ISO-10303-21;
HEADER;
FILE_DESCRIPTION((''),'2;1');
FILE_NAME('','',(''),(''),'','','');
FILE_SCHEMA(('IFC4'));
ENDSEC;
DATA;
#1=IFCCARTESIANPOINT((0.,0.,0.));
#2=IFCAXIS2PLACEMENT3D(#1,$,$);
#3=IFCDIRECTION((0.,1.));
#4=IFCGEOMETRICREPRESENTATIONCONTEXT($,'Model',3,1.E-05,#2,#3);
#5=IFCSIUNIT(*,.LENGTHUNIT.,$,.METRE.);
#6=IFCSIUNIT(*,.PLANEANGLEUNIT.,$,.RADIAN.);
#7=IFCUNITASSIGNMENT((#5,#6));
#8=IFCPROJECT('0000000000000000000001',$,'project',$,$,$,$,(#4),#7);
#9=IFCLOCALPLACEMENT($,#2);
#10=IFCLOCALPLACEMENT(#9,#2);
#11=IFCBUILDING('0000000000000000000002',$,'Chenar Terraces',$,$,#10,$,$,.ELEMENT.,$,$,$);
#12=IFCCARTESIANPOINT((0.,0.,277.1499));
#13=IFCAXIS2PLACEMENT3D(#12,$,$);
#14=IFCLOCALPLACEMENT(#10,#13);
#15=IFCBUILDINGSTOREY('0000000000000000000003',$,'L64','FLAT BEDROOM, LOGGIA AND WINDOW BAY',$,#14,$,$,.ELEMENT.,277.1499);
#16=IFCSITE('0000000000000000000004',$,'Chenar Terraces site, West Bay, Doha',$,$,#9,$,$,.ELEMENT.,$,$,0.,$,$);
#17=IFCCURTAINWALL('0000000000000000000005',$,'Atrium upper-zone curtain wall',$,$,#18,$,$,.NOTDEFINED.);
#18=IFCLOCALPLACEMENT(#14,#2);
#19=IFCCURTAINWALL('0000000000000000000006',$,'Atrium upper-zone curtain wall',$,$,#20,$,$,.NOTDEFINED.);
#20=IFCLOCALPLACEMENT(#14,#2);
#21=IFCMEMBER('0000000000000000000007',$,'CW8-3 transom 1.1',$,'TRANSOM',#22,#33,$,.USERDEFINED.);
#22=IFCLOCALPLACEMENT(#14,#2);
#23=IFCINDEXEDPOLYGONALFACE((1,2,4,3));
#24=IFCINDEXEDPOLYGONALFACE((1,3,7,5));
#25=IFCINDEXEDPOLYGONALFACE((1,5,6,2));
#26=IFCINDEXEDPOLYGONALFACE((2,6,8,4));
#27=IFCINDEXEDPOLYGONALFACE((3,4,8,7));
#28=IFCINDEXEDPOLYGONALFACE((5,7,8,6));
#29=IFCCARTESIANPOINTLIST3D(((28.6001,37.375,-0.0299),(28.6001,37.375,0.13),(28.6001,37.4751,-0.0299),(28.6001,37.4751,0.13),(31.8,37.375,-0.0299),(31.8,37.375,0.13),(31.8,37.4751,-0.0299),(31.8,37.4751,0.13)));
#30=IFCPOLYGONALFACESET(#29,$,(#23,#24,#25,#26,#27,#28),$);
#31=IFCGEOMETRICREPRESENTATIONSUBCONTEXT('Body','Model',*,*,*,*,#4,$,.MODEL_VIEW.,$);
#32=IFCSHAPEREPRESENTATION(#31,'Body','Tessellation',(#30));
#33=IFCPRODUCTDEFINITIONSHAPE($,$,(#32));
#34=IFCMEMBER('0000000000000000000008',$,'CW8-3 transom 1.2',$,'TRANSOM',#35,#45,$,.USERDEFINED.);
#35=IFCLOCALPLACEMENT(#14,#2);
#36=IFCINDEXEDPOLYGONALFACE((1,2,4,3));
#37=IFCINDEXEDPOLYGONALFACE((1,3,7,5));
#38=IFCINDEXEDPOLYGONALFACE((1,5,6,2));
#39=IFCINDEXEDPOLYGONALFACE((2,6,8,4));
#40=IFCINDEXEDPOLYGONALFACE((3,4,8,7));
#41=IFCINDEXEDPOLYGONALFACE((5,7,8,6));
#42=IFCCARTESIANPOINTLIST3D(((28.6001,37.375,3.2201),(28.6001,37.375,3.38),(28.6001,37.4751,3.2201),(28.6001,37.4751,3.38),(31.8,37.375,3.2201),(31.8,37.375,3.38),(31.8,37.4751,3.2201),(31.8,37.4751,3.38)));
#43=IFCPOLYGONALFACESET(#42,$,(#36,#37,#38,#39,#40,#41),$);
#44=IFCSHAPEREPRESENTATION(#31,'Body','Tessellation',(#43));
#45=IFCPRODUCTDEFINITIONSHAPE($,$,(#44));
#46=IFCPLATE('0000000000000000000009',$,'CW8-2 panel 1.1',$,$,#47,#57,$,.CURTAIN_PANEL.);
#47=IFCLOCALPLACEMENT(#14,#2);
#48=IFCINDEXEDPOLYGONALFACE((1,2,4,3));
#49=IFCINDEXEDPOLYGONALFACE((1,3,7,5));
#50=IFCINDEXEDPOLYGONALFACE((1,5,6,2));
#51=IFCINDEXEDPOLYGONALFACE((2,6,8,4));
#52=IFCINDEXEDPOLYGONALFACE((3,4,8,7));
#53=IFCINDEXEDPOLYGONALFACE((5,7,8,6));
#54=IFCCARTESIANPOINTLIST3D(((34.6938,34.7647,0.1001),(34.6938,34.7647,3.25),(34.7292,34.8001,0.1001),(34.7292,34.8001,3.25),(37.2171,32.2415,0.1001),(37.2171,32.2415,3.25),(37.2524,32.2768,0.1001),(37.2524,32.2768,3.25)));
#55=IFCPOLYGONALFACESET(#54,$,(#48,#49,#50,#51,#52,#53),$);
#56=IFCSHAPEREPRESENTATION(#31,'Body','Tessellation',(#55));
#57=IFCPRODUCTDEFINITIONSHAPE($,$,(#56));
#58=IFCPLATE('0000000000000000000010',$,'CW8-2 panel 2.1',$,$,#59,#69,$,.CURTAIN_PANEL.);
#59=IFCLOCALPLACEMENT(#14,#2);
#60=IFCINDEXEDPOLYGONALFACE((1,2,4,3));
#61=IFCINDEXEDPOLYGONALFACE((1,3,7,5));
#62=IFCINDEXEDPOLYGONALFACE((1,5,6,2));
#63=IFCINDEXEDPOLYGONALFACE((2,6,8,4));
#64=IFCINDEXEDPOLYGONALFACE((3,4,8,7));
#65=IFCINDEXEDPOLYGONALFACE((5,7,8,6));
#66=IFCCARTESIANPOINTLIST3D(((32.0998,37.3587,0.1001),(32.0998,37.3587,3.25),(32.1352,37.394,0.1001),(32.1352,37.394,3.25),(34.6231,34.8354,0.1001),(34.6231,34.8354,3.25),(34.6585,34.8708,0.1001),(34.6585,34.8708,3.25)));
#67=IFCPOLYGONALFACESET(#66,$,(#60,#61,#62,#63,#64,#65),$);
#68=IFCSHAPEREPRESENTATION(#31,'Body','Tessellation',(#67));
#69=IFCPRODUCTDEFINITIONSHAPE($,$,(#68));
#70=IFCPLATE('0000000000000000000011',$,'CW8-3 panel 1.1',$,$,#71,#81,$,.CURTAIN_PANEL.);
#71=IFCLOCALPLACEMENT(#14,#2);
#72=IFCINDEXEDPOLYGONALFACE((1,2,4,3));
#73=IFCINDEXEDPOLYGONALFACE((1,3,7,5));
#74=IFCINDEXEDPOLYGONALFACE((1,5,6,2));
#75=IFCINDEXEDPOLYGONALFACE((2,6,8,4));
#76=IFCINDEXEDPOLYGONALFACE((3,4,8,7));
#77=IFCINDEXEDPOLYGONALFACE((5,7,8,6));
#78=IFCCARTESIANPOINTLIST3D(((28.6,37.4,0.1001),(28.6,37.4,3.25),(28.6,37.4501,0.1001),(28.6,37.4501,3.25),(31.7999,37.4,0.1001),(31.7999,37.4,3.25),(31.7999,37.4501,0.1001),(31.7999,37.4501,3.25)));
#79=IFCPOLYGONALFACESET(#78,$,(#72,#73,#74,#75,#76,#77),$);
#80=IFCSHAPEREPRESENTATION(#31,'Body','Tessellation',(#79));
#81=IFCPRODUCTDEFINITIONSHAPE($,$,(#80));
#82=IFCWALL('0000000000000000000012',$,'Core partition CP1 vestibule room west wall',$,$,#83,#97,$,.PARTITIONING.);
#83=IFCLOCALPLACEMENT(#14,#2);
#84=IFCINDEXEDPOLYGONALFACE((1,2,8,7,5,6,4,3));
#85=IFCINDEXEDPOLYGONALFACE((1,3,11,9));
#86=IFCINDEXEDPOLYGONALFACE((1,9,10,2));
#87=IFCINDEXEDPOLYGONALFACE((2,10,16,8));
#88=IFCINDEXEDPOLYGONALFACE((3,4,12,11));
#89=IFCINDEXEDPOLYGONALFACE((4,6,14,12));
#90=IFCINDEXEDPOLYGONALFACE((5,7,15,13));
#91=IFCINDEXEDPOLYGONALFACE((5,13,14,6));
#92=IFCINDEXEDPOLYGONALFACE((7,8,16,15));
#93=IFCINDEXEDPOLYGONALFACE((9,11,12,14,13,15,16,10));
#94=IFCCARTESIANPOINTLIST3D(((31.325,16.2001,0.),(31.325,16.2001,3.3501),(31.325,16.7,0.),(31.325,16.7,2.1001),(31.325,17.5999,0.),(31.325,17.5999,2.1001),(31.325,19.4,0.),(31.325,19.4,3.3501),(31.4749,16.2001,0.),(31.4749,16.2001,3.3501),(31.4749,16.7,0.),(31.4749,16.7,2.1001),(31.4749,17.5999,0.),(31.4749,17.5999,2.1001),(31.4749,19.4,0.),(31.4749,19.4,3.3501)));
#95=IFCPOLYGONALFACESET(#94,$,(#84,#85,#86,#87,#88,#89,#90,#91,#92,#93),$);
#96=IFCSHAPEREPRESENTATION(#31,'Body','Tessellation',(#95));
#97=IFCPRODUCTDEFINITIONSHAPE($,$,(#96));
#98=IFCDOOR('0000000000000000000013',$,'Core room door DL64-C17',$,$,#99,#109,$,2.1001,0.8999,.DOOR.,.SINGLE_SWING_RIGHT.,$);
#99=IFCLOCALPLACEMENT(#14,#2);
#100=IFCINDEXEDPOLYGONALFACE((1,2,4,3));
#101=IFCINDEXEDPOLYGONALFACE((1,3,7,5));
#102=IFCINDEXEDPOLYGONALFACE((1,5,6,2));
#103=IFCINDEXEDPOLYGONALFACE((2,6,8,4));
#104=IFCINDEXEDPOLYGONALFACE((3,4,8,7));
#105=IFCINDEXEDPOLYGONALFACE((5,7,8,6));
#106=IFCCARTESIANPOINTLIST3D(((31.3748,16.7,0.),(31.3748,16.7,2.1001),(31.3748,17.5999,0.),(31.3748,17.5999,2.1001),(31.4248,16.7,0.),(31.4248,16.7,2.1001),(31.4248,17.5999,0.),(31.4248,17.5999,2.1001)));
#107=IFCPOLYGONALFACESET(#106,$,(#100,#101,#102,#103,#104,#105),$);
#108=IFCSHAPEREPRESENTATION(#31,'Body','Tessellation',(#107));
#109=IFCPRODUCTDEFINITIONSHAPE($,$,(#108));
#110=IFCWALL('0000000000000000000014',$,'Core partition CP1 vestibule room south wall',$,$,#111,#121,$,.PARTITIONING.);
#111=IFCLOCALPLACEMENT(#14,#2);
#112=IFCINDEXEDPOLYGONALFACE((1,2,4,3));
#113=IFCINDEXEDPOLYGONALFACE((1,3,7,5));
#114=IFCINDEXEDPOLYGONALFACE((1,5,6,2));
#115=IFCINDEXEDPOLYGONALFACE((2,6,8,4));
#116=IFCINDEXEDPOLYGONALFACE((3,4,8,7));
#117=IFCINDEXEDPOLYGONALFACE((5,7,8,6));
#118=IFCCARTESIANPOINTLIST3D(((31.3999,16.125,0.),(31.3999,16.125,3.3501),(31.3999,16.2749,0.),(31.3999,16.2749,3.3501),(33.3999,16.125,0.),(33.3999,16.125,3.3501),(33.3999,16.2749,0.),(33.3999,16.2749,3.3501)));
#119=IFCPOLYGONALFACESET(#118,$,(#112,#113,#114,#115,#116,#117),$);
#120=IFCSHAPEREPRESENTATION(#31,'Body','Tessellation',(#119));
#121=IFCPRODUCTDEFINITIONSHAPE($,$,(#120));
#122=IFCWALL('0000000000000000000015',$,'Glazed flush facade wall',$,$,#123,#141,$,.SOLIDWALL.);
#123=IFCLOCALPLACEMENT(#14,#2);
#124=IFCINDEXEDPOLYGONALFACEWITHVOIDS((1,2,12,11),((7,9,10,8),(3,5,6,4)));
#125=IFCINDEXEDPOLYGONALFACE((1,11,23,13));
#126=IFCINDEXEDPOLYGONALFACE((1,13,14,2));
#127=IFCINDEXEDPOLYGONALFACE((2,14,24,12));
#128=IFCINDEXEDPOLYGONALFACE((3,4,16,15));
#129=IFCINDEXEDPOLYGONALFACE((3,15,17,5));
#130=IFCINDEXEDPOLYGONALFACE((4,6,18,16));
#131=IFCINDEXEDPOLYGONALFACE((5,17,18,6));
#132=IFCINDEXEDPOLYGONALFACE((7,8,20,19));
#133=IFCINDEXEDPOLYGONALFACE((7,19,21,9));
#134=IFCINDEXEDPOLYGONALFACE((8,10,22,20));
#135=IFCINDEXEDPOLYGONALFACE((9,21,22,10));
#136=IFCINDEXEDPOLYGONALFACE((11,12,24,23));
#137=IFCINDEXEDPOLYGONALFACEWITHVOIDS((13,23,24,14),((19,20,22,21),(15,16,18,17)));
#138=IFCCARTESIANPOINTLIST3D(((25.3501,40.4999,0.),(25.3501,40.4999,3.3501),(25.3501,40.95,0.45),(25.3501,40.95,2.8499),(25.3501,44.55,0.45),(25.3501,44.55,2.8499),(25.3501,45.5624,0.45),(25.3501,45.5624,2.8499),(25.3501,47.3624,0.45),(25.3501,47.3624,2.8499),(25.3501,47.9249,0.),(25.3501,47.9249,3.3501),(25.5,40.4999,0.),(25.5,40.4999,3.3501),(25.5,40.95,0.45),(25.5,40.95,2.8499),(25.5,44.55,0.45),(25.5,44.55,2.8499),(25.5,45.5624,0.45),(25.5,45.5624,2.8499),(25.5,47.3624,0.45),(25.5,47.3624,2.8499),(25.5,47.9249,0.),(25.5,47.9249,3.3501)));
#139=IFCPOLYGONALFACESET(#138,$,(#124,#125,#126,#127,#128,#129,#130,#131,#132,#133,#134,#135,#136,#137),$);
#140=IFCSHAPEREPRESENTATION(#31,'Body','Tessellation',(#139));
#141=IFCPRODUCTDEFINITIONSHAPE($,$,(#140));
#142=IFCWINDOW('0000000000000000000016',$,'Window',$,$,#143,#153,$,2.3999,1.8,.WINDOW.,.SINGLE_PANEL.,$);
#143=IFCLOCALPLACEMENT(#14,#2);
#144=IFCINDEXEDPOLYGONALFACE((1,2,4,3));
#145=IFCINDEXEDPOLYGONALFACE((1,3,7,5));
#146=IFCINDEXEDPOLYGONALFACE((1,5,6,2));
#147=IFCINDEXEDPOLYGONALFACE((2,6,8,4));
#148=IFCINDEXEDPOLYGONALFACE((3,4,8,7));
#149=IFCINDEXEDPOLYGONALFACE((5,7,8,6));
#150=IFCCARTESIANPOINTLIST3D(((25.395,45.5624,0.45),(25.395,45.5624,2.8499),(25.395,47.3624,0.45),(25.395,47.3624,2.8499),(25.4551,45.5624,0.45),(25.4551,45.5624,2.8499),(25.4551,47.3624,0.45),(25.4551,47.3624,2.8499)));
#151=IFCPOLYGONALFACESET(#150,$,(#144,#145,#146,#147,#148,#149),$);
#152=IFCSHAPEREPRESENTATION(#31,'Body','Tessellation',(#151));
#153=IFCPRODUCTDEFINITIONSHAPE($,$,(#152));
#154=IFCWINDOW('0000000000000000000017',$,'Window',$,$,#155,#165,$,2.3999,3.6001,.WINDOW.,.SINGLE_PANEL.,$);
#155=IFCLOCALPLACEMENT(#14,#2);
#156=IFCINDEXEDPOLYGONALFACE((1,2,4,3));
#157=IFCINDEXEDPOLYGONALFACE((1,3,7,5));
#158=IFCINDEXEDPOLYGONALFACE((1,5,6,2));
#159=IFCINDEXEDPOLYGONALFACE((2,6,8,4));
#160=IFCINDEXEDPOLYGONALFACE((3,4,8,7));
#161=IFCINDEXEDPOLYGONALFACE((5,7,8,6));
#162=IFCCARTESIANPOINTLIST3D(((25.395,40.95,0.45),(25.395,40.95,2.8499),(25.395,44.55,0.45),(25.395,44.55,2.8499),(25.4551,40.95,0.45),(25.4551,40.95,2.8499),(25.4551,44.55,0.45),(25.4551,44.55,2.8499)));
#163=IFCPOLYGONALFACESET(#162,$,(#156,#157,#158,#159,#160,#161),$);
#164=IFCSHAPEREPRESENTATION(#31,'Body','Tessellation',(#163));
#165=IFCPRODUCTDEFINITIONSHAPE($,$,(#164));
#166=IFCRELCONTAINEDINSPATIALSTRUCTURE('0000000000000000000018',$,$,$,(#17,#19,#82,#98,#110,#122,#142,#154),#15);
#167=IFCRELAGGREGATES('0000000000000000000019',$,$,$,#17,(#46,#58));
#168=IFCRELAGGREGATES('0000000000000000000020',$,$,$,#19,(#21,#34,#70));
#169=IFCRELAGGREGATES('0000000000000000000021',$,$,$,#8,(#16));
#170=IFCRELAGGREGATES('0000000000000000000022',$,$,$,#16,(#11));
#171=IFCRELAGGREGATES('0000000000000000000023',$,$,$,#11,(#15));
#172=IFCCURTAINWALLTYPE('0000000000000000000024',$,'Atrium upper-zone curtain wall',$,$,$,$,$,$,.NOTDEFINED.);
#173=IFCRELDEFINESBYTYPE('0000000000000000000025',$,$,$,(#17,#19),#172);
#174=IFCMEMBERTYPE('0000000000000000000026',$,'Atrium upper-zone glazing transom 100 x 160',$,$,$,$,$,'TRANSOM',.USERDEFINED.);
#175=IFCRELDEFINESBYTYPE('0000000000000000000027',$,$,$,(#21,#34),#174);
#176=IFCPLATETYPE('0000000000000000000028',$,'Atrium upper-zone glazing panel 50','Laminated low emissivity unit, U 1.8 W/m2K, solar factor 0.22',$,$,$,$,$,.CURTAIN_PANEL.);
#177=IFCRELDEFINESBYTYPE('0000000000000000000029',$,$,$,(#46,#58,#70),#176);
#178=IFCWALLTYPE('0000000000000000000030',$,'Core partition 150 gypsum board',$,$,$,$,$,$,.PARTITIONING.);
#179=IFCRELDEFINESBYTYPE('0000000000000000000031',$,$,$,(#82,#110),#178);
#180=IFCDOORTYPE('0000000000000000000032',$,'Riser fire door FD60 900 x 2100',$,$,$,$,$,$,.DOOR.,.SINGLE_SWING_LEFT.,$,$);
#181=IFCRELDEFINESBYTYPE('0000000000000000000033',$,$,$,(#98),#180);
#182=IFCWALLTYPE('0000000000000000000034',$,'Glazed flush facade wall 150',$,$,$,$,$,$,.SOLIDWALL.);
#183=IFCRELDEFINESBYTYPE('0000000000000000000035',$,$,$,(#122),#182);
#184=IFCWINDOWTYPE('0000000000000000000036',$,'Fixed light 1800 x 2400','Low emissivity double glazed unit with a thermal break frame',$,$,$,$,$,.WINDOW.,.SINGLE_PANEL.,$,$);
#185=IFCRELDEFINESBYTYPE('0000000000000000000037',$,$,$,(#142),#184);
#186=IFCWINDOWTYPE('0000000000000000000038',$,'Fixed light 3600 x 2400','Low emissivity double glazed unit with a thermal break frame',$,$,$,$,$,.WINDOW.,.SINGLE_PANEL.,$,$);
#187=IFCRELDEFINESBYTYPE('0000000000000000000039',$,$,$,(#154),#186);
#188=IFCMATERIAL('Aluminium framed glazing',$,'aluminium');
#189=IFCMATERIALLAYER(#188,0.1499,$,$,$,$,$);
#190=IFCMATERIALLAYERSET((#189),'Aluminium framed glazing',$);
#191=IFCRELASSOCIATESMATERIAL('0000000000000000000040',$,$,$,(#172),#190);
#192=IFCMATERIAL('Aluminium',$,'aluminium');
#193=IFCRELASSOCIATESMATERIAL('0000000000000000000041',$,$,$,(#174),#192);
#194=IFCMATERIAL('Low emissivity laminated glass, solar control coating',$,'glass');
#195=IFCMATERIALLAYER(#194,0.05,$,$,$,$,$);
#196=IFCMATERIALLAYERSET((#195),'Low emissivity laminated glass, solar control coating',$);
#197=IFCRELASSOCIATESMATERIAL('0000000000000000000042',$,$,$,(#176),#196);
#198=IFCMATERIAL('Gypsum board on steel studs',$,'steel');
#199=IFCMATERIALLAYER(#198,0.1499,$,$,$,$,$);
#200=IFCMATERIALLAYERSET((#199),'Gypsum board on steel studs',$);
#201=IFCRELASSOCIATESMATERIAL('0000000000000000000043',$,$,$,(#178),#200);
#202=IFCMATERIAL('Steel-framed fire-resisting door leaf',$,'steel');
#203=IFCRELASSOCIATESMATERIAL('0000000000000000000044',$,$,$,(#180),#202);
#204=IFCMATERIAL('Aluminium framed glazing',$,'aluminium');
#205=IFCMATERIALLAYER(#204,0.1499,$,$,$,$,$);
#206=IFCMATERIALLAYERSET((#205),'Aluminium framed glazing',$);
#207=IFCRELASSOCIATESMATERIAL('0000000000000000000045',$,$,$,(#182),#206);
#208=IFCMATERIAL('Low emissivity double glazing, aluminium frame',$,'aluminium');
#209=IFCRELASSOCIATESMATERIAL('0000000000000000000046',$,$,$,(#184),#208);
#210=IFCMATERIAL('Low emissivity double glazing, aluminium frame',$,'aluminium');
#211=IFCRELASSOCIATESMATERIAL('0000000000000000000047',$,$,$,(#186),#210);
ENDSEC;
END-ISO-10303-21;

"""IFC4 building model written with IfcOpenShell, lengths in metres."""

from ifc_helpers import new_model, si_unit, direction, frame, frame_2d, origin, origin_2d, place, context, subcontext, project, spatial, rectangle, extrude, material, layer, layer_set, material_profile, profile_set, type_object, element, fill, aggregate, save


model = new_model("IFC4")

# Units and contexts
model_context = context("Model", 3, precision=1e-05, world=origin(), true_north=direction((0.0, 1.0)))
body_context = subcontext(model_context, "Body", "Model", "MODEL_VIEW")
ifc_project = project(units=[si_unit("LENGTHUNIT", "METRE"), si_unit("PLANEANGLEUNIT", "RADIAN")], contexts=[model_context])

# Site, building, storey
site_placement = place(None, origin())
site = spatial("IfcSite", under=ifc_project, at=site_placement, Name="Chenar Terraces site, West Bay, Doha", CompositionType="ELEMENT", RefElevation=0.0)
building_placement = place(site_placement, origin())
building = spatial("IfcBuilding", under=site, at=building_placement, Name="Chenar Terraces", CompositionType="ELEMENT")
storey_placement = place(building_placement, frame((0.0, 0.0, 277.1499)))
storey = spatial("IfcBuildingStorey", under=building, at=storey_placement, Name="L64", Description="FLAT BEDROOM, LOGGIA AND WINDOW BAY", CompositionType="ELEMENT", Elevation=277.1499)

# Shared definitions
ifc_material_1 = material(Name="Aluminium framed glazing", Category="aluminium")
ifc_layer_1 = layer(ifc_material_1, 0.1499)
ifc_layer_set_1 = layer_set([ifc_layer_1], Name="Aluminium framed glazing")
curtain_wall_type = type_object("IfcCurtainWallType", Name="Atrium upper-zone curtain wall", PredefinedType="NOTDEFINED", material=ifc_layer_set_1)
placement = place(storey_placement, origin())

# Curtain walls
curtain_wall_1 = element("IfcCurtainWall", 1, at=placement, inside=storey, type_object=curtain_wall_type, Name="Atrium upper-zone curtain wall", PredefinedType="NOTDEFINED")
curtain_wall_2 = element("IfcCurtainWall", 2, at=placement, inside=storey, type_object=curtain_wall_type, Name="Atrium upper-zone curtain wall", PredefinedType="NOTDEFINED")

# Members
ifc_material_2 = material(Name="Aluminium", Category="aluminium")
ifc_material_profile_1 = material_profile(ifc_material_2, rectangle(XDim=0.1001, YDim=0.1599, at=origin_2d()), Name="Atrium upper-zone glazing transom 100 x 160")
ifc_profile_set_1 = profile_set([ifc_material_profile_1], Name="Aluminium")
member_type_1 = type_object("IfcMemberType", Name="Atrium upper-zone glazing transom 100 x 160", ElementType="TRANSOM", PredefinedType="USERDEFINED", material=ifc_profile_set_1)
member_1_placement = place(storey_placement, frame((31.8, 37.425, 0.05), z_axis=(-1.0, 0.0, 0.0), x_axis=(0.0, -1.0, 0.0)))
member_1 = element("IfcMember", 3, at=member_1_placement, type_object=member_type_1, Name="CW8-3 transom 1.1", ObjectType="TRANSOM", PredefinedType="USERDEFINED", context=body_context, shape_type="SweptSolid", body=[
    extrude(rectangle(XDim=0.1001, YDim=0.1599, at=origin_2d()), origin(), (0.0, 0.0, 1.0), 3.2),
])
member_2_placement = place(storey_placement, frame((31.8, 37.425, 3.3), z_axis=(-1.0, 0.0, 0.0), x_axis=(0.0, -1.0, 0.0)))
member_2 = element("IfcMember", 4, at=member_2_placement, type_object=member_type_1, Name="CW8-3 transom 1.2", ObjectType="TRANSOM", PredefinedType="USERDEFINED", context=body_context, shape_type="SweptSolid", body=[
    extrude(rectangle(XDim=0.1001, YDim=0.1599, at=origin_2d()), origin(), (0.0, 0.0, 1.0), 3.2),
])

# Plates
ifc_material_3 = material(Name="Low emissivity laminated glass, solar control coating", Category="glass")
ifc_layer_2 = layer(ifc_material_3, 0.05)
ifc_layer_set_2 = layer_set([ifc_layer_2], Name="Low emissivity laminated glass, solar control coating")
plate_type = type_object("IfcPlateType", Name="Atrium upper-zone glazing panel 50", Description="Laminated low emissivity unit, U 1.8 W/m2K, solar factor 0.22", PredefinedType="CURTAIN_PANEL", material=ifc_layer_set_2)
plate_1_placement = place(storey_placement, frame((35.9731, 33.5208, 0.1001), z_axis=(0.0, 0.0, 1.0), x_axis=(-0.707107, 0.707107, 0.0)))
plate_1 = element("IfcPlate", 5, at=plate_1_placement, type_object=plate_type, Name="CW8-2 panel 1.1", PredefinedType="CURTAIN_PANEL", context=body_context, shape_type="SweptSolid", body=[
    extrude(rectangle(XDim=3.5684, YDim=0.05, at=origin_2d()), origin(), (0.0, 0.0, 1.0), 3.1499),
])
plate_2_placement = place(storey_placement, frame((33.3792, 36.1147, 0.1001), z_axis=(0.0, 0.0, 1.0), x_axis=(-0.707107, 0.707107, 0.0)))
plate_2 = element("IfcPlate", 6, at=plate_2_placement, type_object=plate_type, Name="CW8-2 panel 2.1", PredefinedType="CURTAIN_PANEL", context=body_context, shape_type="SweptSolid", body=[
    extrude(rectangle(XDim=3.5684, YDim=0.05, at=origin_2d()), origin(), (0.0, 0.0, 1.0), 3.1499),
])
aggregate(curtain_wall_1, [plate_1, plate_2])
plate_3_placement = place(storey_placement, frame((30.2, 37.425, 0.1001), z_axis=(0.0, 0.0, 1.0), x_axis=(-1.0, 0.0, 0.0)))
plate_3 = element("IfcPlate", 7, at=plate_3_placement, type_object=plate_type, Name="CW8-3 panel 1.1", PredefinedType="CURTAIN_PANEL", context=body_context, shape_type="SweptSolid", body=[
    extrude(rectangle(XDim=3.2, YDim=0.05, at=origin_2d()), origin(), (0.0, 0.0, 1.0), 3.1499),
])
aggregate(curtain_wall_2, [member_1, member_2, plate_3])

# Wall, opening, door
ifc_material_4 = material(Name="Gypsum board on steel studs", Category="steel")
ifc_layer_3 = layer(ifc_material_4, 0.1499)
ifc_layer_set_3 = layer_set([ifc_layer_3], Name="Gypsum board on steel studs")
wall_type_1 = type_object("IfcWallType", Name="Core partition 150 gypsum board", PredefinedType="PARTITIONING", material=ifc_layer_set_3)
wall_1_placement = place(storey_placement, frame((31.3999, 16.2, 0.0), z_axis=(0.0, 0.0, 1.0), x_axis=(0.0, 1.0, 0.0)))
wall_1 = element("IfcWall", 8, at=wall_1_placement, inside=storey, type_object=wall_type_1, Name="Core partition CP1 vestibule room west wall", PredefinedType="PARTITIONING", context=body_context, shape_type="SweptSolid", body=[
    extrude(rectangle(XDim=3.2, YDim=0.1499, at=frame_2d((1.6001, 0.0))), origin(), (0.0, 0.0, 1.0), 3.3501),
])
opening_1_placement = place(wall_1_placement, frame((0.5, 0.0, 0.0)))
opening_1 = element("IfcOpeningElement", 9, at=opening_1_placement, cuts=wall_1, PredefinedType="OPENING", context=body_context, shape_type="SweptSolid", body=[
    extrude(rectangle(XDim=0.8999, YDim=2.1001, at=frame_2d((0.45, 1.05))), frame((0.0, 0.085, 0.0), z_axis=(0.0, -1.0, 0.0), x_axis=(1.0, 0.0, 0.0)), (0.0, 0.0, 1.0), 0.1699),
])
ifc_material_5 = material(Name="Steel-framed fire-resisting door leaf", Category="steel")
door_type = type_object("IfcDoorType", Name="Riser fire door FD60 900 x 2100", OperationType="SINGLE_SWING_LEFT", PredefinedType="DOOR", material=ifc_material_5)
door_placement = place(opening_1_placement, frame((0.8999, 0.0, 0.0), z_axis=(0.0, 0.0, 1.0), x_axis=(-1.0, 0.0, 0.0)))
door = element("IfcDoor", 10, at=door_placement, inside=storey, type_object=door_type, Name="Core room door DL64-C17", OperationType="SINGLE_SWING_RIGHT", OverallHeight=2.1001, OverallWidth=0.8999, PredefinedType="DOOR", context=body_context, shape_type="SweptSolid", body=[
    extrude(rectangle(XDim=0.8999, YDim=2.1001, at=frame_2d((0.45, 1.05))), frame((0.0, 0.0249, 0.0), z_axis=(0.0, -1.0, 0.0), x_axis=(1.0, 0.0, 0.0)), (0.0, 0.0, 1.0), 0.05),
])
fill(opening_1, door)

# Wall
wall_2_placement = place(storey_placement, frame((31.3999, 16.2, 0.0), z_axis=(0.0, 0.0, 1.0), x_axis=(1.0, 0.0, 0.0)))
element("IfcWall", 11, at=wall_2_placement, inside=storey, type_object=wall_type_1, Name="Core partition CP1 vestibule room south wall", PredefinedType="PARTITIONING", context=body_context, shape_type="SweptSolid", body=[
    extrude(rectangle(XDim=2.0, YDim=0.1499, at=frame_2d((1.0, 0.0))), origin(), (0.0, 0.0, 1.0), 3.3501),
])

# Wall, openings, windows
ifc_material_6 = material(Name="Aluminium framed glazing", Category="aluminium")
ifc_layer_4 = layer(ifc_material_6, 0.1499)
ifc_layer_set_4 = layer_set([ifc_layer_4], Name="Aluminium framed glazing")
wall_type_2 = type_object("IfcWallType", Name="Glazed flush facade wall 150", PredefinedType="SOLIDWALL", material=ifc_layer_set_4)
wall_3_placement = place(storey_placement, frame((25.425, 40.5, 0.0), z_axis=(0.0, 0.0, 1.0), x_axis=(0.0, 1.0, 0.0)))
wall_3 = element("IfcWall", 12, at=wall_3_placement, inside=storey, type_object=wall_type_2, Name="Glazed flush facade wall", PredefinedType="SOLIDWALL", context=body_context, shape_type="SweptSolid", body=[
    extrude(rectangle(XDim=7.425, YDim=0.1499, at=frame_2d((3.7124, 0.0))), origin(), (0.0, 0.0, 1.0), 3.3501),
])
opening_2_placement = place(wall_3_placement, frame((0.45, 0.0, 0.45)))
opening_2 = element("IfcOpeningElement", 13, at=opening_2_placement, cuts=wall_3, PredefinedType="OPENING", context=body_context, shape_type="SweptSolid", body=[
    extrude(rectangle(XDim=3.6001, YDim=2.3999, at=frame_2d((1.8, 1.2))), frame((0.0, 0.085, 0.0), z_axis=(0.0, -1.0, 0.0), x_axis=(1.0, 0.0, 0.0)), (0.0, 0.0, 1.0), 0.1699),
])
opening_3_placement = place(wall_3_placement, frame((5.0625, 0.0, 0.45)))
opening_3 = element("IfcOpeningElement", 14, at=opening_3_placement, cuts=wall_3, PredefinedType="OPENING", context=body_context, shape_type="SweptSolid", body=[
    extrude(rectangle(XDim=1.8, YDim=2.3999, at=frame_2d((0.8999, 1.2))), frame((0.0, 0.085, 0.0), z_axis=(0.0, -1.0, 0.0), x_axis=(1.0, 0.0, 0.0)), (0.0, 0.0, 1.0), 0.1699),
])
ifc_material_7 = material(Name="Low emissivity double glazing, aluminium frame", Category="aluminium")
window_type_1 = type_object("IfcWindowType", Name="Fixed light 1800 x 2400", Description="Low emissivity double glazed unit with a thermal break frame", PartitioningType="SINGLE_PANEL", PredefinedType="WINDOW", material=ifc_material_7)
window_1_placement = place(opening_3_placement, origin())
window_1 = element("IfcWindow", 15, at=window_1_placement, inside=storey, type_object=window_type_1, Name="Window", OverallHeight=2.3999, OverallWidth=1.8, PartitioningType="SINGLE_PANEL", PredefinedType="WINDOW", context=body_context, shape_type="SweptSolid", body=[
    extrude(rectangle(XDim=1.8, YDim=2.3999, at=frame_2d((0.8999, 1.2))), frame((0.0, 0.03, 0.0), z_axis=(0.0, -1.0, 0.0), x_axis=(1.0, 0.0, 0.0)), (0.0, 0.0, 1.0), 0.0601),
])
fill(opening_3, window_1)
ifc_material_8 = material(Name="Low emissivity double glazing, aluminium frame", Category="aluminium")
window_type_2 = type_object("IfcWindowType", Name="Fixed light 3600 x 2400", Description="Low emissivity double glazed unit with a thermal break frame", PartitioningType="SINGLE_PANEL", PredefinedType="WINDOW", material=ifc_material_8)
window_2_placement = place(opening_2_placement, origin())
window_2 = element("IfcWindow", 16, at=window_2_placement, inside=storey, type_object=window_type_2, Name="Window", OverallHeight=2.3999, OverallWidth=3.6001, PartitioningType="SINGLE_PANEL", PredefinedType="WINDOW", context=body_context, shape_type="SweptSolid", body=[
    extrude(rectangle(XDim=3.6001, YDim=2.3999, at=frame_2d((1.8, 1.2))), frame((0.0, 0.03, 0.0), z_axis=(0.0, -1.0, 0.0), x_axis=(1.0, 0.0, 0.0)), (0.0, 0.0, 1.0), 0.0601),
])
fill(opening_2, window_2)

save(model, "model.ifc")
